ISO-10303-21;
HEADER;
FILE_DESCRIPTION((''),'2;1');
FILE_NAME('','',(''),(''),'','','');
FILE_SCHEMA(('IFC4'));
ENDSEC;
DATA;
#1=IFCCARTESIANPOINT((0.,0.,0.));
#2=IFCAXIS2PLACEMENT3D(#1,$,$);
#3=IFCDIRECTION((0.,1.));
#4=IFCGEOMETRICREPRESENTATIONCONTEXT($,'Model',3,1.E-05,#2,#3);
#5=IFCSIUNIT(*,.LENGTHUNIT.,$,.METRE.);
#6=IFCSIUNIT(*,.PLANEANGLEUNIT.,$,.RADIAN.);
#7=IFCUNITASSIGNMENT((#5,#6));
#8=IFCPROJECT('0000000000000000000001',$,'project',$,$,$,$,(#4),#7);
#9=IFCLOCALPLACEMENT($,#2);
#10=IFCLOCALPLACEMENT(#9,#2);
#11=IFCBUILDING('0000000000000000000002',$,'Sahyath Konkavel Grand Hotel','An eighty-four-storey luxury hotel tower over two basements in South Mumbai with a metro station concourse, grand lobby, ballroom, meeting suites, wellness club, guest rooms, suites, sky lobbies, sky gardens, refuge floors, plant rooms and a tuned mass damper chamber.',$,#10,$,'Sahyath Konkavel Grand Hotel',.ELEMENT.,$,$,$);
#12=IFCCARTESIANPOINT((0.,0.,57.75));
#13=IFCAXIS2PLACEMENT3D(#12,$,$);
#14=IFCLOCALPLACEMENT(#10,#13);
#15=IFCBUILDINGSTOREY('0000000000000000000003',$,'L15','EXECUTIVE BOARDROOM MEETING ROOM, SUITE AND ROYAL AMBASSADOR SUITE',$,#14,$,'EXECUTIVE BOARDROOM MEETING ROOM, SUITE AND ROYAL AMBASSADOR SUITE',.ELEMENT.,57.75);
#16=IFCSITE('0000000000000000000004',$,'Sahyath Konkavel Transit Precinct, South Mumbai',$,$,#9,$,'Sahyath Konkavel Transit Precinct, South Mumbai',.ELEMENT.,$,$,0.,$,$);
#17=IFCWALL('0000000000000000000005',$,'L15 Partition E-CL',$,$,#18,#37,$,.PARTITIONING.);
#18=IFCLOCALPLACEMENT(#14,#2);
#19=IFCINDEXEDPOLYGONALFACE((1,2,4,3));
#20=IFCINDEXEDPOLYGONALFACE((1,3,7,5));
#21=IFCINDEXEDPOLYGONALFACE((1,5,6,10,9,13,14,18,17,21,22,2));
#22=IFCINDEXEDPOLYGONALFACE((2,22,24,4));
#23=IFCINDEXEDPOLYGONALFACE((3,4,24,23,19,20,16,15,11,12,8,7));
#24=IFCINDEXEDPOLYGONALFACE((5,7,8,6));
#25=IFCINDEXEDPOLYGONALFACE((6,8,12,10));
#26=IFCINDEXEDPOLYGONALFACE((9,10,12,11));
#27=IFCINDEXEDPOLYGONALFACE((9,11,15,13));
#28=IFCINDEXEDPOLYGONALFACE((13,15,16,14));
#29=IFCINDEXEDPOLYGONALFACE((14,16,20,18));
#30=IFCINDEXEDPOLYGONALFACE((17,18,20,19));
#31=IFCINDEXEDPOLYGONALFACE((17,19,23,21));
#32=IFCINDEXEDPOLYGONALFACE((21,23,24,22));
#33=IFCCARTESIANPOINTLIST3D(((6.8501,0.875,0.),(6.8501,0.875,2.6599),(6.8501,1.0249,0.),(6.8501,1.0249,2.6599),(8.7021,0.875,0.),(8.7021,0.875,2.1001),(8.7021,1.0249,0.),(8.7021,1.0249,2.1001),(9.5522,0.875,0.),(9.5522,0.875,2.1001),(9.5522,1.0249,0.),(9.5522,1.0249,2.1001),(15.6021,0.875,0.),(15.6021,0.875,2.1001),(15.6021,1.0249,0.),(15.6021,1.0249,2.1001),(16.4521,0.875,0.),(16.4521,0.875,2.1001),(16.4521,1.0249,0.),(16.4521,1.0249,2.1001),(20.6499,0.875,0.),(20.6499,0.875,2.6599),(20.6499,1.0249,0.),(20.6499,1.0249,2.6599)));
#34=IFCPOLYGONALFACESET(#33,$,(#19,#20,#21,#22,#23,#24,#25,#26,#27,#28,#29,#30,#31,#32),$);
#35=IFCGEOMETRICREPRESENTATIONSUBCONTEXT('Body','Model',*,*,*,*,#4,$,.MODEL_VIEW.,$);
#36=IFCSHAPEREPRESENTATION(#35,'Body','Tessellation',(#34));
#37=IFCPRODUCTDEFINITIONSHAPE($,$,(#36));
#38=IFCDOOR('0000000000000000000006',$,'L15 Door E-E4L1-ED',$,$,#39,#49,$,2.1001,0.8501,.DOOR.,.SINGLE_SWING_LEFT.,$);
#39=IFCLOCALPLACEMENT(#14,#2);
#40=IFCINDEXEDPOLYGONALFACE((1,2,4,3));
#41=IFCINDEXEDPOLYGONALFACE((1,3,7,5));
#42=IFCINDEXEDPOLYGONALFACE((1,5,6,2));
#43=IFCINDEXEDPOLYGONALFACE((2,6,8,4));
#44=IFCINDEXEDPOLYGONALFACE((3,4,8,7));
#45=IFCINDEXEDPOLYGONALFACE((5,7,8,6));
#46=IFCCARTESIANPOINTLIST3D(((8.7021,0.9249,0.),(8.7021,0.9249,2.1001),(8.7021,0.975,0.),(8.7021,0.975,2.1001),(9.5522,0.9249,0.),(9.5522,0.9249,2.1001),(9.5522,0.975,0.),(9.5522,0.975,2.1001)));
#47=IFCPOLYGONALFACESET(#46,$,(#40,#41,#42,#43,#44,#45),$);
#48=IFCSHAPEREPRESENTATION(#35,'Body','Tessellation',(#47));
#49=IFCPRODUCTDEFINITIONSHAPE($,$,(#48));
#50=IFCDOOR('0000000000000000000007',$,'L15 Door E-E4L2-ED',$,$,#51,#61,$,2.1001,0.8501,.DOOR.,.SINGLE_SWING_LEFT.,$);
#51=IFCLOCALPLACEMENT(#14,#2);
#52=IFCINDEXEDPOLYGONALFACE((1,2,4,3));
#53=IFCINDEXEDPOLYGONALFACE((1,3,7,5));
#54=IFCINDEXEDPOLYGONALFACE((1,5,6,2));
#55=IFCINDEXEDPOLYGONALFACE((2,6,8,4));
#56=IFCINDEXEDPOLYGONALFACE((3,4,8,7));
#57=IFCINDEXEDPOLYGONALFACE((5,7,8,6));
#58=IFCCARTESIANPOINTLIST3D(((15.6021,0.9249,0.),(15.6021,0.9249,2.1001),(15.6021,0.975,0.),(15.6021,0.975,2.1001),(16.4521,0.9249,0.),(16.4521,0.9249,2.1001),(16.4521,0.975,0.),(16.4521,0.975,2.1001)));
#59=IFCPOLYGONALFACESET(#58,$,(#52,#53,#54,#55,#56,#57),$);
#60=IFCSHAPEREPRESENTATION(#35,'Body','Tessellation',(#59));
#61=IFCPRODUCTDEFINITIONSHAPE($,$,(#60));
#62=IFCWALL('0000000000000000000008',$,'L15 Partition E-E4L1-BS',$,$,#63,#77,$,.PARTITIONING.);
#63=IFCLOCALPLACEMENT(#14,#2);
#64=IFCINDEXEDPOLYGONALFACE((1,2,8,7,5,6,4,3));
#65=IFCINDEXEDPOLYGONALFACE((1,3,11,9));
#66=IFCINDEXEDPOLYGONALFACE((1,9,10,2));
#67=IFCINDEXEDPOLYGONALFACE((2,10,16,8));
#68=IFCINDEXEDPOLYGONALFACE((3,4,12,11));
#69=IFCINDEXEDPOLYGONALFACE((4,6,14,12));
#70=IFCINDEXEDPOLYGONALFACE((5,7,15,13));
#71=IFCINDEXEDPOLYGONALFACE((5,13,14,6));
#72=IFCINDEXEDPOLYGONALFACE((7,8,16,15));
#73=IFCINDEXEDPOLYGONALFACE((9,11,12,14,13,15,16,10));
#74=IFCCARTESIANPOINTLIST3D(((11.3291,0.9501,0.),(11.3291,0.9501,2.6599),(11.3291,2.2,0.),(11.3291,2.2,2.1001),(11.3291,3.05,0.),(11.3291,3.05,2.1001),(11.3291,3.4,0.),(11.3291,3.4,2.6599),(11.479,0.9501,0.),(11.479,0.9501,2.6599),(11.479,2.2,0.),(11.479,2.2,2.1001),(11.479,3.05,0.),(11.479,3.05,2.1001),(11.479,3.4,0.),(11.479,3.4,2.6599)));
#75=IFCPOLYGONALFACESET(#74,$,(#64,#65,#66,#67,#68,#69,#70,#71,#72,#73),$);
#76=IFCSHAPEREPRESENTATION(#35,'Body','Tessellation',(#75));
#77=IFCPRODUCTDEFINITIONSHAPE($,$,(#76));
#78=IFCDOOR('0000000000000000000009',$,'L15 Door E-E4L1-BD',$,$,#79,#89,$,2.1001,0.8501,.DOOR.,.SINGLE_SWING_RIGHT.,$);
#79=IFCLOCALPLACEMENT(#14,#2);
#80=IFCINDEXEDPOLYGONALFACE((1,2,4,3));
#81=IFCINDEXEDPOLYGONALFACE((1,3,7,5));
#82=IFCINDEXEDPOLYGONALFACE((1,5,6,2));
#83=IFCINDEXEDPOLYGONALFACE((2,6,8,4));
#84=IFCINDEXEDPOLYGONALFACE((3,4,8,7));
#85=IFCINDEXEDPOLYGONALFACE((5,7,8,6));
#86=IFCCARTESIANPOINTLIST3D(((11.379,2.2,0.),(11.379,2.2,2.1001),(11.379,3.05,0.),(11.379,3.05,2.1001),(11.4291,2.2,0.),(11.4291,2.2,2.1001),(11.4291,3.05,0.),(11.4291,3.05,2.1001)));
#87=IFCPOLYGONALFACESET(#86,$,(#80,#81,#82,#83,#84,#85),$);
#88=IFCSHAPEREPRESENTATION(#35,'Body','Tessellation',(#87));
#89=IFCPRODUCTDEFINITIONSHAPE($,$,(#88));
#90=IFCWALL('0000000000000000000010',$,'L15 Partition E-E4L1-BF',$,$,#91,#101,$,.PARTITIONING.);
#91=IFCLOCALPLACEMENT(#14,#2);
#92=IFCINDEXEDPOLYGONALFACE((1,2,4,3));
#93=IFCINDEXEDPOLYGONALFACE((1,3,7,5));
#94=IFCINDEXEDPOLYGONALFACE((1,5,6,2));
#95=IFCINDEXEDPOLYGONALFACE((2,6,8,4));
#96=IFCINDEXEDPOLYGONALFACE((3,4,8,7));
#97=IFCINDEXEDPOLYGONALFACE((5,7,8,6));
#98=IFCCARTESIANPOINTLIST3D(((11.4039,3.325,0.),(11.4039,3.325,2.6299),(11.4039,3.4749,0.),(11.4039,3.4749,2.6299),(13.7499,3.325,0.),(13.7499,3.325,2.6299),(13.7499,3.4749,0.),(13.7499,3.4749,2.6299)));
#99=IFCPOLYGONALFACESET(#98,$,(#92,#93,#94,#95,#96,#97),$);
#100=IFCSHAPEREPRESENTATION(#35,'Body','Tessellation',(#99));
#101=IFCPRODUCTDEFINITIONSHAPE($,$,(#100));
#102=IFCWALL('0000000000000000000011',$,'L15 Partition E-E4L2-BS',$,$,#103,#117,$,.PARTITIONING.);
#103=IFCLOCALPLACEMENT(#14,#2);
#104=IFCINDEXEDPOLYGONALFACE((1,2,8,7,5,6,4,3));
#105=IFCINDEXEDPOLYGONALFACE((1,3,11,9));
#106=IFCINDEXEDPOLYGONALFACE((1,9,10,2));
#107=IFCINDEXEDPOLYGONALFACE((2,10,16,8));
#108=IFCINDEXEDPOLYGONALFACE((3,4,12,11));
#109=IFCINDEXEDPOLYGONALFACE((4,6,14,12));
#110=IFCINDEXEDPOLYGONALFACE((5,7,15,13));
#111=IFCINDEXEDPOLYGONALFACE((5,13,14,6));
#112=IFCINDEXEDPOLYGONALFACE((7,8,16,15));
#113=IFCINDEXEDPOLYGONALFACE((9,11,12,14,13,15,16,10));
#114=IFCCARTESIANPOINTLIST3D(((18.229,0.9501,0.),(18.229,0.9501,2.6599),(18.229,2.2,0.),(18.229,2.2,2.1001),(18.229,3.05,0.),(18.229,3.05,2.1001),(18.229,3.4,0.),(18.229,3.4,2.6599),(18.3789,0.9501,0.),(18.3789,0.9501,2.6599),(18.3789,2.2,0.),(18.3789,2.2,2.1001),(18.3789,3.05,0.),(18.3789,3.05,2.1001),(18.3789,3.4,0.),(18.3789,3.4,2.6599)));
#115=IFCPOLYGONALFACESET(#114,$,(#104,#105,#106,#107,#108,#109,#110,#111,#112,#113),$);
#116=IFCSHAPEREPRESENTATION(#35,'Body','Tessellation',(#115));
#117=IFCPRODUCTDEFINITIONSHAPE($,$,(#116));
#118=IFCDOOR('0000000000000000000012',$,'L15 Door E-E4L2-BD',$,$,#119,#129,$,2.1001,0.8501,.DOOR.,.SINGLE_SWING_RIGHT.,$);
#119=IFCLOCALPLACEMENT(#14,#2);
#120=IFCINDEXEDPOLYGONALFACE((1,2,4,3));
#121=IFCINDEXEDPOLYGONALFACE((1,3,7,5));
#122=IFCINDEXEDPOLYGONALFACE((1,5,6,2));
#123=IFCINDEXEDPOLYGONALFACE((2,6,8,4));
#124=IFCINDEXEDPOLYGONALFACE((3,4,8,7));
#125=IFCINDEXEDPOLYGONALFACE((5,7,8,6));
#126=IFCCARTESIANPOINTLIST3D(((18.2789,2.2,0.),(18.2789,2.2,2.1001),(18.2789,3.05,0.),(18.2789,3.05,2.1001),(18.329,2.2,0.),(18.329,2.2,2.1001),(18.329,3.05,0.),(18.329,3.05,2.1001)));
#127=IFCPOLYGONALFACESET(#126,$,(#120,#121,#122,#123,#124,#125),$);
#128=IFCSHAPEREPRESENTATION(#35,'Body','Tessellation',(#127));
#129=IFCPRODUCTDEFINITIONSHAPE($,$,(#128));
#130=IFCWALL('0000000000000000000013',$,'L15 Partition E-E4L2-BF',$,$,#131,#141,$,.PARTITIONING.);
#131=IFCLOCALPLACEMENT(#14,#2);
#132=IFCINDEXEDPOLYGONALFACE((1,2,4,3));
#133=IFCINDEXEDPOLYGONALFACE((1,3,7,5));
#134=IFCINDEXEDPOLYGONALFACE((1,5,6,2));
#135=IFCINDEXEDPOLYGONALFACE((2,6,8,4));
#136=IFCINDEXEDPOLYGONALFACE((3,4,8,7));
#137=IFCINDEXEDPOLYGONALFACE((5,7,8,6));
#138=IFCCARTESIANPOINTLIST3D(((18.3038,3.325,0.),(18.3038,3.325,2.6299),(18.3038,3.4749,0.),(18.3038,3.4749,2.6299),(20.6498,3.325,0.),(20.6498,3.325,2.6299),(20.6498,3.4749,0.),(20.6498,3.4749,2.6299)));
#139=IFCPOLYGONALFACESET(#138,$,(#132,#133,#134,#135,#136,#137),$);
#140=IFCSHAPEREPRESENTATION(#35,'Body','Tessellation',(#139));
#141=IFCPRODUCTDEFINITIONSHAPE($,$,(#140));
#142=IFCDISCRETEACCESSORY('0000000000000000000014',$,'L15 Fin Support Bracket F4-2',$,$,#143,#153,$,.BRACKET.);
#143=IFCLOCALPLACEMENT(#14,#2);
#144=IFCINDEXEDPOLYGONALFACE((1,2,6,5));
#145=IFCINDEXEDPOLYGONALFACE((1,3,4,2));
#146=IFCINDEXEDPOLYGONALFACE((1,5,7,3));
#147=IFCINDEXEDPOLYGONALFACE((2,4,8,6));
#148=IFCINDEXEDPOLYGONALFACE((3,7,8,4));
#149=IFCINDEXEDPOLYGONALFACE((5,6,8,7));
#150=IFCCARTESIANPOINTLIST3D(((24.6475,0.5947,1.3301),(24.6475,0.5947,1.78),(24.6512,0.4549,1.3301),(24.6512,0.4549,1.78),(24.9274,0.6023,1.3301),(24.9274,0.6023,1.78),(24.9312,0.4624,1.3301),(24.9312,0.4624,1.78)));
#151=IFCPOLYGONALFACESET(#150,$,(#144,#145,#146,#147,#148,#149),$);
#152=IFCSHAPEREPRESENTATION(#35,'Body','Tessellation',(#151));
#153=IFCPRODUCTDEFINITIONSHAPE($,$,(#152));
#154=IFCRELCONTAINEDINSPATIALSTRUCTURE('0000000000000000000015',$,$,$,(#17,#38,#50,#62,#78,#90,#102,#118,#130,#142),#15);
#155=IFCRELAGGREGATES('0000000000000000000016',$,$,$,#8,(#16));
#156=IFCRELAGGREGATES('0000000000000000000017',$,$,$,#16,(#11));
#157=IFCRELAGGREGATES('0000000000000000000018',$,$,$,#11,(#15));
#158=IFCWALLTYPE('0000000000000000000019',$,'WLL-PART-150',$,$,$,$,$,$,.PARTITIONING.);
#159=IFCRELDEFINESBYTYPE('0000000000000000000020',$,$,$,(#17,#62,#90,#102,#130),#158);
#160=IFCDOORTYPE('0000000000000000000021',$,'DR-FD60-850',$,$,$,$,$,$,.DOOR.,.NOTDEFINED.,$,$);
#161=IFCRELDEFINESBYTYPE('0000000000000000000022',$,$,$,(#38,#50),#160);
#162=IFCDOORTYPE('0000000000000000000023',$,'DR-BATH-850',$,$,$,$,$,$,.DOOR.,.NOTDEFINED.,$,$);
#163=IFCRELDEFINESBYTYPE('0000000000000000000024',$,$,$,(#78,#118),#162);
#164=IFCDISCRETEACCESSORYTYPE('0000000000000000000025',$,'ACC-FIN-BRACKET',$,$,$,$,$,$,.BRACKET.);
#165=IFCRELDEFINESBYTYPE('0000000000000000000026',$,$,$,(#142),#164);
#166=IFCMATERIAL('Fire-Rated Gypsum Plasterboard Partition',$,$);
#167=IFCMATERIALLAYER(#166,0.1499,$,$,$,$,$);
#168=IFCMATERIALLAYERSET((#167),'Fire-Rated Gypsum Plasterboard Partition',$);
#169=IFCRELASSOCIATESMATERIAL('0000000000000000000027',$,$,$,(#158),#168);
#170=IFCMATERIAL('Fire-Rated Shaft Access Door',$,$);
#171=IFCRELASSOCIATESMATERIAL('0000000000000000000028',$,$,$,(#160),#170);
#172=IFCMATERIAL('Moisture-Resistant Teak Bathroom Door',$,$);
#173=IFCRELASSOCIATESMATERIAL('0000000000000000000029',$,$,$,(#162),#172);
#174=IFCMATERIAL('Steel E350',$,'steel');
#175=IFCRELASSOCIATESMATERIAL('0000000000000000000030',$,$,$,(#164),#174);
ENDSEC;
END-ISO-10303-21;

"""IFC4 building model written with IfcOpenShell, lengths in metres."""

from ifc_helpers import new_model, si_unit, direction, frame, frame_2d, origin, origin_2d, place, context, subcontext, project, spatial, rectangle, extrude, source, transform, mapped, material, layer, layer_set, type_object, element, fill, save


model = new_model("IFC4")

# Units and contexts
model_context = context("Model", 3, precision=1e-05, world=origin(), true_north=direction((0.0, 1.0)))
body_context = subcontext(model_context, "Body", "Model", "MODEL_VIEW")
ifc_project = project(units=[si_unit("LENGTHUNIT", "METRE"), si_unit("PLANEANGLEUNIT", "RADIAN")], contexts=[model_context])

# Site, building, storey
site_placement = place(None, origin())
site = spatial("IfcSite", under=ifc_project, at=site_placement, Name="Sahyath Konkavel Transit Precinct, South Mumbai", LongName="Sahyath Konkavel Transit Precinct, South Mumbai", CompositionType="ELEMENT", RefElevation=0.0)
building_placement = place(site_placement, origin())
building = spatial("IfcBuilding", under=site, at=building_placement, Name="Sahyath Konkavel Grand Hotel", Description="An eighty-four-storey luxury hotel tower over two basements in South Mumbai with a metro station concourse, grand lobby, ballroom, meeting suites, wellness club, guest rooms, suites, sky lobbies, sky gardens, refuge floors, plant rooms and a tuned mass damper chamber.", LongName="Sahyath Konkavel Grand Hotel", CompositionType="ELEMENT")
storey_placement = place(building_placement, frame((0.0, 0.0, 57.75)))
storey = spatial("IfcBuildingStorey", under=building, at=storey_placement, Name="L15", Description="EXECUTIVE BOARDROOM MEETING ROOM, SUITE AND ROYAL AMBASSADOR SUITE", LongName="EXECUTIVE BOARDROOM MEETING ROOM, SUITE AND ROYAL AMBASSADOR SUITE", CompositionType="ELEMENT", Elevation=57.75)

# Shared definitions
ifc_material_1 = material(Name="Steel E350", Category="steel")

# Wall, openings, doors
ifc_material_2 = material(Name="Fire-Rated Gypsum Plasterboard Partition")
ifc_layer_1 = layer(ifc_material_2, 0.1499)
ifc_layer_set_1 = layer_set([ifc_layer_1], Name="Fire-Rated Gypsum Plasterboard Partition")
wall_type_1 = type_object("IfcWallType", Name="WLL-PART-150", PredefinedType="PARTITIONING", material=ifc_layer_set_1)
wall_1_placement = place(storey_placement, frame((6.8501, 0.95, 0.0), z_axis=(0.0, 0.0, 1.0), x_axis=(1.0, 0.0, 0.0)))
wall_1 = element("IfcWall", 1, at=wall_1_placement, inside=storey, type_object=wall_type_1, Name="L15 Partition E-CL", PredefinedType="PARTITIONING", context=body_context, shape_type="SweptSolid", body=[
    extrude(rectangle(XDim=13.7998, YDim=0.1499, at=frame_2d((6.8999, 0.0))), origin(), (0.0, 0.0, 1.0), 2.6599),
])
opening_1_placement = place(wall_1_placement, frame((1.8521, 0.0, 0.0)))
opening_1 = element("IfcOpeningElement", 2, at=opening_1_placement, cuts=wall_1, PredefinedType="OPENING", context=body_context, shape_type="SweptSolid", body=[
    extrude(rectangle(XDim=0.8501, YDim=2.1001, at=frame_2d((0.425, 1.05))), frame((0.0, 0.085, 0.0), z_axis=(0.0, -1.0, 0.0), x_axis=(1.0, 0.0, 0.0)), (0.0, 0.0, 1.0), 0.1699),
])
opening_2_placement = place(wall_1_placement, frame((8.752, 0.0, 0.0)))
opening_2 = element("IfcOpeningElement", 3, at=opening_2_placement, cuts=wall_1, PredefinedType="OPENING", context=body_context, shape_type="SweptSolid", body=[
    extrude(rectangle(XDim=0.8501, YDim=2.1001, at=frame_2d((0.425, 1.05))), frame((0.0, 0.085, 0.0), z_axis=(0.0, -1.0, 0.0), x_axis=(1.0, 0.0, 0.0)), (0.0, 0.0, 1.0), 0.1699),
])
ifc_material_3 = material(Name="Fire-Rated Shaft Access Door")
door_type_1 = type_object("IfcDoorType", Name="DR-FD60-850", OperationType="NOTDEFINED", PredefinedType="DOOR", material=ifc_material_3)
shared_shape_1 = source(origin(), body_context, "Body", "SweptSolid", [
    extrude(rectangle(XDim=0.8501, YDim=0.05, at=origin_2d()), origin(), (0.0, 0.0, 1.0), 2.1001),
])
door_1_placement = place(opening_1_placement, frame((0.425, 0.0, 0.0)))
door_1 = element("IfcDoor", 4, at=door_1_placement, inside=storey, type_object=door_type_1, Name="L15 Door E-E4L1-ED", OperationType="SINGLE_SWING_LEFT", OverallHeight=2.1001, OverallWidth=0.8501, PredefinedType="DOOR", context=body_context, shape_type="MappedRepresentation", body=[
    mapped(shared_shape_1, transform((0.0, 0.0, 0.0), scale=1.0)),
])
fill(opening_1, door_1)
door_2_placement = place(opening_2_placement, frame((0.425, 0.0, 0.0)))
door_2 = element("IfcDoor", 5, at=door_2_placement, inside=storey, type_object=door_type_1, Name="L15 Door E-E4L2-ED", OperationType="SINGLE_SWING_LEFT", OverallHeight=2.1001, OverallWidth=0.8501, PredefinedType="DOOR", context=body_context, shape_type="MappedRepresentation", body=[
    mapped(shared_shape_1, transform((0.0, 0.0, 0.0), scale=1.0)),
])
fill(opening_2, door_2)

# Wall, opening, door
wall_2_placement = place(storey_placement, frame((11.4041, 0.95, 0.0), z_axis=(0.0, 0.0, 1.0), x_axis=(0.0, 1.0, 0.0)))
wall_2 = element("IfcWall", 6, at=wall_2_placement, inside=storey, type_object=wall_type_1, Name="L15 Partition E-E4L1-BS", PredefinedType="PARTITIONING", context=body_context, shape_type="SweptSolid", body=[
    extrude(rectangle(XDim=2.45, YDim=0.1499, at=frame_2d((1.2251, 0.0))), origin(), (0.0, 0.0, 1.0), 2.6599),
])
opening_3_placement = place(wall_2_placement, frame((1.25, 0.0, 0.0)))
opening_3 = element("IfcOpeningElement", 7, at=opening_3_placement, cuts=wall_2, PredefinedType="OPENING", context=body_context, shape_type="SweptSolid", body=[
    extrude(rectangle(XDim=0.8501, YDim=2.1001, at=frame_2d((0.425, 1.05))), frame((0.0, 0.085, 0.0), z_axis=(0.0, -1.0, 0.0), x_axis=(1.0, 0.0, 0.0)), (0.0, 0.0, 1.0), 0.1699),
])
ifc_material_4 = material(Name="Moisture-Resistant Teak Bathroom Door")
door_type_2 = type_object("IfcDoorType", Name="DR-BATH-850", OperationType="NOTDEFINED", PredefinedType="DOOR", material=ifc_material_4)
door_3_placement = place(opening_3_placement, frame((0.425, 0.0, 0.0)))
door_3 = element("IfcDoor", 8, at=door_3_placement, inside=storey, type_object=door_type_2, Name="L15 Door E-E4L1-BD", OperationType="SINGLE_SWING_RIGHT", OverallHeight=2.1001, OverallWidth=0.8501, PredefinedType="DOOR", context=body_context, shape_type="MappedRepresentation", body=[
    mapped(shared_shape_1, transform((0.0, 0.0, 0.0), scale=1.0)),
])
fill(opening_3, door_3)

# Wall
wall_3_placement = place(storey_placement, frame((11.4041, 3.3999, 0.0), z_axis=(0.0, 0.0, 1.0), x_axis=(1.0, 0.0, 0.0)))
element("IfcWall", 9, at=wall_3_placement, inside=storey, type_object=wall_type_1, Name="L15 Partition E-E4L1-BF", PredefinedType="PARTITIONING", context=body_context, shape_type="SweptSolid", body=[
    extrude(rectangle(XDim=2.3459, YDim=0.1499, at=frame_2d((1.1729, 0.0))), origin(), (0.0, 0.0, 1.0), 2.6299),
])

# Wall, opening, door
wall_4_placement = place(storey_placement, frame((18.304, 0.95, 0.0), z_axis=(0.0, 0.0, 1.0), x_axis=(0.0, 1.0, 0.0)))
wall_4 = element("IfcWall", 10, at=wall_4_placement, inside=storey, type_object=wall_type_1, Name="L15 Partition E-E4L2-BS", PredefinedType="PARTITIONING", context=body_context, shape_type="SweptSolid", body=[
    extrude(rectangle(XDim=2.45, YDim=0.1499, at=frame_2d((1.2251, 0.0))), origin(), (0.0, 0.0, 1.0), 2.6599),
])
opening_4_placement = place(wall_4_placement, frame((1.25, 0.0, 0.0)))
opening_4 = element("IfcOpeningElement", 11, at=opening_4_placement, cuts=wall_4, PredefinedType="OPENING", context=body_context, shape_type="SweptSolid", body=[
    extrude(rectangle(XDim=0.8501, YDim=2.1001, at=frame_2d((0.425, 1.05))), frame((0.0, 0.085, 0.0), z_axis=(0.0, -1.0, 0.0), x_axis=(1.0, 0.0, 0.0)), (0.0, 0.0, 1.0), 0.1699),
])
door_4_placement = place(opening_4_placement, frame((0.425, 0.0, 0.0)))
door_4 = element("IfcDoor", 12, at=door_4_placement, inside=storey, type_object=door_type_2, Name="L15 Door E-E4L2-BD", OperationType="SINGLE_SWING_RIGHT", OverallHeight=2.1001, OverallWidth=0.8501, PredefinedType="DOOR", context=body_context, shape_type="MappedRepresentation", body=[
    mapped(shared_shape_1, transform((0.0, 0.0, 0.0), scale=1.0)),
])
fill(opening_4, door_4)

# Wall
wall_5_placement = place(storey_placement, frame((18.304, 3.3999, 0.0), z_axis=(0.0, 0.0, 1.0), x_axis=(1.0, 0.0, 0.0)))
element("IfcWall", 13, at=wall_5_placement, inside=storey, type_object=wall_type_1, Name="L15 Partition E-E4L2-BF", PredefinedType="PARTITIONING", context=body_context, shape_type="SweptSolid", body=[
    extrude(rectangle(XDim=2.3459, YDim=0.1499, at=frame_2d((1.1729, 0.0))), origin(), (0.0, 0.0, 1.0), 2.6299),
])

# Discrete accessory
discrete_accessory_type = type_object("IfcDiscreteAccessoryType", Name="ACC-FIN-BRACKET", PredefinedType="BRACKET", material=ifc_material_1)
shared_shape_2 = source(origin(), body_context, "Body", "SweptSolid", [
    extrude(rectangle(XDim=0.28, YDim=0.1399, at=origin_2d()), origin(), (0.0, 0.0, 1.0), 0.45),
])
discrete_accessory_placement = place(storey_placement, frame((24.7893, 0.5286, 1.3301), z_axis=(0.0, 0.0, 1.0), x_axis=(0.999638, 0.02691, 0.0)))
element("IfcDiscreteAccessory", 14, at=discrete_accessory_placement, inside=storey, type_object=discrete_accessory_type, Name="L15 Fin Support Bracket F4-2", PredefinedType="BRACKET", context=body_context, shape_type="MappedRepresentation", body=[
    mapped(shared_shape_2, transform((0.0, 0.0, 0.0), scale=1.0)),
])

save(model, "model.ifc")
